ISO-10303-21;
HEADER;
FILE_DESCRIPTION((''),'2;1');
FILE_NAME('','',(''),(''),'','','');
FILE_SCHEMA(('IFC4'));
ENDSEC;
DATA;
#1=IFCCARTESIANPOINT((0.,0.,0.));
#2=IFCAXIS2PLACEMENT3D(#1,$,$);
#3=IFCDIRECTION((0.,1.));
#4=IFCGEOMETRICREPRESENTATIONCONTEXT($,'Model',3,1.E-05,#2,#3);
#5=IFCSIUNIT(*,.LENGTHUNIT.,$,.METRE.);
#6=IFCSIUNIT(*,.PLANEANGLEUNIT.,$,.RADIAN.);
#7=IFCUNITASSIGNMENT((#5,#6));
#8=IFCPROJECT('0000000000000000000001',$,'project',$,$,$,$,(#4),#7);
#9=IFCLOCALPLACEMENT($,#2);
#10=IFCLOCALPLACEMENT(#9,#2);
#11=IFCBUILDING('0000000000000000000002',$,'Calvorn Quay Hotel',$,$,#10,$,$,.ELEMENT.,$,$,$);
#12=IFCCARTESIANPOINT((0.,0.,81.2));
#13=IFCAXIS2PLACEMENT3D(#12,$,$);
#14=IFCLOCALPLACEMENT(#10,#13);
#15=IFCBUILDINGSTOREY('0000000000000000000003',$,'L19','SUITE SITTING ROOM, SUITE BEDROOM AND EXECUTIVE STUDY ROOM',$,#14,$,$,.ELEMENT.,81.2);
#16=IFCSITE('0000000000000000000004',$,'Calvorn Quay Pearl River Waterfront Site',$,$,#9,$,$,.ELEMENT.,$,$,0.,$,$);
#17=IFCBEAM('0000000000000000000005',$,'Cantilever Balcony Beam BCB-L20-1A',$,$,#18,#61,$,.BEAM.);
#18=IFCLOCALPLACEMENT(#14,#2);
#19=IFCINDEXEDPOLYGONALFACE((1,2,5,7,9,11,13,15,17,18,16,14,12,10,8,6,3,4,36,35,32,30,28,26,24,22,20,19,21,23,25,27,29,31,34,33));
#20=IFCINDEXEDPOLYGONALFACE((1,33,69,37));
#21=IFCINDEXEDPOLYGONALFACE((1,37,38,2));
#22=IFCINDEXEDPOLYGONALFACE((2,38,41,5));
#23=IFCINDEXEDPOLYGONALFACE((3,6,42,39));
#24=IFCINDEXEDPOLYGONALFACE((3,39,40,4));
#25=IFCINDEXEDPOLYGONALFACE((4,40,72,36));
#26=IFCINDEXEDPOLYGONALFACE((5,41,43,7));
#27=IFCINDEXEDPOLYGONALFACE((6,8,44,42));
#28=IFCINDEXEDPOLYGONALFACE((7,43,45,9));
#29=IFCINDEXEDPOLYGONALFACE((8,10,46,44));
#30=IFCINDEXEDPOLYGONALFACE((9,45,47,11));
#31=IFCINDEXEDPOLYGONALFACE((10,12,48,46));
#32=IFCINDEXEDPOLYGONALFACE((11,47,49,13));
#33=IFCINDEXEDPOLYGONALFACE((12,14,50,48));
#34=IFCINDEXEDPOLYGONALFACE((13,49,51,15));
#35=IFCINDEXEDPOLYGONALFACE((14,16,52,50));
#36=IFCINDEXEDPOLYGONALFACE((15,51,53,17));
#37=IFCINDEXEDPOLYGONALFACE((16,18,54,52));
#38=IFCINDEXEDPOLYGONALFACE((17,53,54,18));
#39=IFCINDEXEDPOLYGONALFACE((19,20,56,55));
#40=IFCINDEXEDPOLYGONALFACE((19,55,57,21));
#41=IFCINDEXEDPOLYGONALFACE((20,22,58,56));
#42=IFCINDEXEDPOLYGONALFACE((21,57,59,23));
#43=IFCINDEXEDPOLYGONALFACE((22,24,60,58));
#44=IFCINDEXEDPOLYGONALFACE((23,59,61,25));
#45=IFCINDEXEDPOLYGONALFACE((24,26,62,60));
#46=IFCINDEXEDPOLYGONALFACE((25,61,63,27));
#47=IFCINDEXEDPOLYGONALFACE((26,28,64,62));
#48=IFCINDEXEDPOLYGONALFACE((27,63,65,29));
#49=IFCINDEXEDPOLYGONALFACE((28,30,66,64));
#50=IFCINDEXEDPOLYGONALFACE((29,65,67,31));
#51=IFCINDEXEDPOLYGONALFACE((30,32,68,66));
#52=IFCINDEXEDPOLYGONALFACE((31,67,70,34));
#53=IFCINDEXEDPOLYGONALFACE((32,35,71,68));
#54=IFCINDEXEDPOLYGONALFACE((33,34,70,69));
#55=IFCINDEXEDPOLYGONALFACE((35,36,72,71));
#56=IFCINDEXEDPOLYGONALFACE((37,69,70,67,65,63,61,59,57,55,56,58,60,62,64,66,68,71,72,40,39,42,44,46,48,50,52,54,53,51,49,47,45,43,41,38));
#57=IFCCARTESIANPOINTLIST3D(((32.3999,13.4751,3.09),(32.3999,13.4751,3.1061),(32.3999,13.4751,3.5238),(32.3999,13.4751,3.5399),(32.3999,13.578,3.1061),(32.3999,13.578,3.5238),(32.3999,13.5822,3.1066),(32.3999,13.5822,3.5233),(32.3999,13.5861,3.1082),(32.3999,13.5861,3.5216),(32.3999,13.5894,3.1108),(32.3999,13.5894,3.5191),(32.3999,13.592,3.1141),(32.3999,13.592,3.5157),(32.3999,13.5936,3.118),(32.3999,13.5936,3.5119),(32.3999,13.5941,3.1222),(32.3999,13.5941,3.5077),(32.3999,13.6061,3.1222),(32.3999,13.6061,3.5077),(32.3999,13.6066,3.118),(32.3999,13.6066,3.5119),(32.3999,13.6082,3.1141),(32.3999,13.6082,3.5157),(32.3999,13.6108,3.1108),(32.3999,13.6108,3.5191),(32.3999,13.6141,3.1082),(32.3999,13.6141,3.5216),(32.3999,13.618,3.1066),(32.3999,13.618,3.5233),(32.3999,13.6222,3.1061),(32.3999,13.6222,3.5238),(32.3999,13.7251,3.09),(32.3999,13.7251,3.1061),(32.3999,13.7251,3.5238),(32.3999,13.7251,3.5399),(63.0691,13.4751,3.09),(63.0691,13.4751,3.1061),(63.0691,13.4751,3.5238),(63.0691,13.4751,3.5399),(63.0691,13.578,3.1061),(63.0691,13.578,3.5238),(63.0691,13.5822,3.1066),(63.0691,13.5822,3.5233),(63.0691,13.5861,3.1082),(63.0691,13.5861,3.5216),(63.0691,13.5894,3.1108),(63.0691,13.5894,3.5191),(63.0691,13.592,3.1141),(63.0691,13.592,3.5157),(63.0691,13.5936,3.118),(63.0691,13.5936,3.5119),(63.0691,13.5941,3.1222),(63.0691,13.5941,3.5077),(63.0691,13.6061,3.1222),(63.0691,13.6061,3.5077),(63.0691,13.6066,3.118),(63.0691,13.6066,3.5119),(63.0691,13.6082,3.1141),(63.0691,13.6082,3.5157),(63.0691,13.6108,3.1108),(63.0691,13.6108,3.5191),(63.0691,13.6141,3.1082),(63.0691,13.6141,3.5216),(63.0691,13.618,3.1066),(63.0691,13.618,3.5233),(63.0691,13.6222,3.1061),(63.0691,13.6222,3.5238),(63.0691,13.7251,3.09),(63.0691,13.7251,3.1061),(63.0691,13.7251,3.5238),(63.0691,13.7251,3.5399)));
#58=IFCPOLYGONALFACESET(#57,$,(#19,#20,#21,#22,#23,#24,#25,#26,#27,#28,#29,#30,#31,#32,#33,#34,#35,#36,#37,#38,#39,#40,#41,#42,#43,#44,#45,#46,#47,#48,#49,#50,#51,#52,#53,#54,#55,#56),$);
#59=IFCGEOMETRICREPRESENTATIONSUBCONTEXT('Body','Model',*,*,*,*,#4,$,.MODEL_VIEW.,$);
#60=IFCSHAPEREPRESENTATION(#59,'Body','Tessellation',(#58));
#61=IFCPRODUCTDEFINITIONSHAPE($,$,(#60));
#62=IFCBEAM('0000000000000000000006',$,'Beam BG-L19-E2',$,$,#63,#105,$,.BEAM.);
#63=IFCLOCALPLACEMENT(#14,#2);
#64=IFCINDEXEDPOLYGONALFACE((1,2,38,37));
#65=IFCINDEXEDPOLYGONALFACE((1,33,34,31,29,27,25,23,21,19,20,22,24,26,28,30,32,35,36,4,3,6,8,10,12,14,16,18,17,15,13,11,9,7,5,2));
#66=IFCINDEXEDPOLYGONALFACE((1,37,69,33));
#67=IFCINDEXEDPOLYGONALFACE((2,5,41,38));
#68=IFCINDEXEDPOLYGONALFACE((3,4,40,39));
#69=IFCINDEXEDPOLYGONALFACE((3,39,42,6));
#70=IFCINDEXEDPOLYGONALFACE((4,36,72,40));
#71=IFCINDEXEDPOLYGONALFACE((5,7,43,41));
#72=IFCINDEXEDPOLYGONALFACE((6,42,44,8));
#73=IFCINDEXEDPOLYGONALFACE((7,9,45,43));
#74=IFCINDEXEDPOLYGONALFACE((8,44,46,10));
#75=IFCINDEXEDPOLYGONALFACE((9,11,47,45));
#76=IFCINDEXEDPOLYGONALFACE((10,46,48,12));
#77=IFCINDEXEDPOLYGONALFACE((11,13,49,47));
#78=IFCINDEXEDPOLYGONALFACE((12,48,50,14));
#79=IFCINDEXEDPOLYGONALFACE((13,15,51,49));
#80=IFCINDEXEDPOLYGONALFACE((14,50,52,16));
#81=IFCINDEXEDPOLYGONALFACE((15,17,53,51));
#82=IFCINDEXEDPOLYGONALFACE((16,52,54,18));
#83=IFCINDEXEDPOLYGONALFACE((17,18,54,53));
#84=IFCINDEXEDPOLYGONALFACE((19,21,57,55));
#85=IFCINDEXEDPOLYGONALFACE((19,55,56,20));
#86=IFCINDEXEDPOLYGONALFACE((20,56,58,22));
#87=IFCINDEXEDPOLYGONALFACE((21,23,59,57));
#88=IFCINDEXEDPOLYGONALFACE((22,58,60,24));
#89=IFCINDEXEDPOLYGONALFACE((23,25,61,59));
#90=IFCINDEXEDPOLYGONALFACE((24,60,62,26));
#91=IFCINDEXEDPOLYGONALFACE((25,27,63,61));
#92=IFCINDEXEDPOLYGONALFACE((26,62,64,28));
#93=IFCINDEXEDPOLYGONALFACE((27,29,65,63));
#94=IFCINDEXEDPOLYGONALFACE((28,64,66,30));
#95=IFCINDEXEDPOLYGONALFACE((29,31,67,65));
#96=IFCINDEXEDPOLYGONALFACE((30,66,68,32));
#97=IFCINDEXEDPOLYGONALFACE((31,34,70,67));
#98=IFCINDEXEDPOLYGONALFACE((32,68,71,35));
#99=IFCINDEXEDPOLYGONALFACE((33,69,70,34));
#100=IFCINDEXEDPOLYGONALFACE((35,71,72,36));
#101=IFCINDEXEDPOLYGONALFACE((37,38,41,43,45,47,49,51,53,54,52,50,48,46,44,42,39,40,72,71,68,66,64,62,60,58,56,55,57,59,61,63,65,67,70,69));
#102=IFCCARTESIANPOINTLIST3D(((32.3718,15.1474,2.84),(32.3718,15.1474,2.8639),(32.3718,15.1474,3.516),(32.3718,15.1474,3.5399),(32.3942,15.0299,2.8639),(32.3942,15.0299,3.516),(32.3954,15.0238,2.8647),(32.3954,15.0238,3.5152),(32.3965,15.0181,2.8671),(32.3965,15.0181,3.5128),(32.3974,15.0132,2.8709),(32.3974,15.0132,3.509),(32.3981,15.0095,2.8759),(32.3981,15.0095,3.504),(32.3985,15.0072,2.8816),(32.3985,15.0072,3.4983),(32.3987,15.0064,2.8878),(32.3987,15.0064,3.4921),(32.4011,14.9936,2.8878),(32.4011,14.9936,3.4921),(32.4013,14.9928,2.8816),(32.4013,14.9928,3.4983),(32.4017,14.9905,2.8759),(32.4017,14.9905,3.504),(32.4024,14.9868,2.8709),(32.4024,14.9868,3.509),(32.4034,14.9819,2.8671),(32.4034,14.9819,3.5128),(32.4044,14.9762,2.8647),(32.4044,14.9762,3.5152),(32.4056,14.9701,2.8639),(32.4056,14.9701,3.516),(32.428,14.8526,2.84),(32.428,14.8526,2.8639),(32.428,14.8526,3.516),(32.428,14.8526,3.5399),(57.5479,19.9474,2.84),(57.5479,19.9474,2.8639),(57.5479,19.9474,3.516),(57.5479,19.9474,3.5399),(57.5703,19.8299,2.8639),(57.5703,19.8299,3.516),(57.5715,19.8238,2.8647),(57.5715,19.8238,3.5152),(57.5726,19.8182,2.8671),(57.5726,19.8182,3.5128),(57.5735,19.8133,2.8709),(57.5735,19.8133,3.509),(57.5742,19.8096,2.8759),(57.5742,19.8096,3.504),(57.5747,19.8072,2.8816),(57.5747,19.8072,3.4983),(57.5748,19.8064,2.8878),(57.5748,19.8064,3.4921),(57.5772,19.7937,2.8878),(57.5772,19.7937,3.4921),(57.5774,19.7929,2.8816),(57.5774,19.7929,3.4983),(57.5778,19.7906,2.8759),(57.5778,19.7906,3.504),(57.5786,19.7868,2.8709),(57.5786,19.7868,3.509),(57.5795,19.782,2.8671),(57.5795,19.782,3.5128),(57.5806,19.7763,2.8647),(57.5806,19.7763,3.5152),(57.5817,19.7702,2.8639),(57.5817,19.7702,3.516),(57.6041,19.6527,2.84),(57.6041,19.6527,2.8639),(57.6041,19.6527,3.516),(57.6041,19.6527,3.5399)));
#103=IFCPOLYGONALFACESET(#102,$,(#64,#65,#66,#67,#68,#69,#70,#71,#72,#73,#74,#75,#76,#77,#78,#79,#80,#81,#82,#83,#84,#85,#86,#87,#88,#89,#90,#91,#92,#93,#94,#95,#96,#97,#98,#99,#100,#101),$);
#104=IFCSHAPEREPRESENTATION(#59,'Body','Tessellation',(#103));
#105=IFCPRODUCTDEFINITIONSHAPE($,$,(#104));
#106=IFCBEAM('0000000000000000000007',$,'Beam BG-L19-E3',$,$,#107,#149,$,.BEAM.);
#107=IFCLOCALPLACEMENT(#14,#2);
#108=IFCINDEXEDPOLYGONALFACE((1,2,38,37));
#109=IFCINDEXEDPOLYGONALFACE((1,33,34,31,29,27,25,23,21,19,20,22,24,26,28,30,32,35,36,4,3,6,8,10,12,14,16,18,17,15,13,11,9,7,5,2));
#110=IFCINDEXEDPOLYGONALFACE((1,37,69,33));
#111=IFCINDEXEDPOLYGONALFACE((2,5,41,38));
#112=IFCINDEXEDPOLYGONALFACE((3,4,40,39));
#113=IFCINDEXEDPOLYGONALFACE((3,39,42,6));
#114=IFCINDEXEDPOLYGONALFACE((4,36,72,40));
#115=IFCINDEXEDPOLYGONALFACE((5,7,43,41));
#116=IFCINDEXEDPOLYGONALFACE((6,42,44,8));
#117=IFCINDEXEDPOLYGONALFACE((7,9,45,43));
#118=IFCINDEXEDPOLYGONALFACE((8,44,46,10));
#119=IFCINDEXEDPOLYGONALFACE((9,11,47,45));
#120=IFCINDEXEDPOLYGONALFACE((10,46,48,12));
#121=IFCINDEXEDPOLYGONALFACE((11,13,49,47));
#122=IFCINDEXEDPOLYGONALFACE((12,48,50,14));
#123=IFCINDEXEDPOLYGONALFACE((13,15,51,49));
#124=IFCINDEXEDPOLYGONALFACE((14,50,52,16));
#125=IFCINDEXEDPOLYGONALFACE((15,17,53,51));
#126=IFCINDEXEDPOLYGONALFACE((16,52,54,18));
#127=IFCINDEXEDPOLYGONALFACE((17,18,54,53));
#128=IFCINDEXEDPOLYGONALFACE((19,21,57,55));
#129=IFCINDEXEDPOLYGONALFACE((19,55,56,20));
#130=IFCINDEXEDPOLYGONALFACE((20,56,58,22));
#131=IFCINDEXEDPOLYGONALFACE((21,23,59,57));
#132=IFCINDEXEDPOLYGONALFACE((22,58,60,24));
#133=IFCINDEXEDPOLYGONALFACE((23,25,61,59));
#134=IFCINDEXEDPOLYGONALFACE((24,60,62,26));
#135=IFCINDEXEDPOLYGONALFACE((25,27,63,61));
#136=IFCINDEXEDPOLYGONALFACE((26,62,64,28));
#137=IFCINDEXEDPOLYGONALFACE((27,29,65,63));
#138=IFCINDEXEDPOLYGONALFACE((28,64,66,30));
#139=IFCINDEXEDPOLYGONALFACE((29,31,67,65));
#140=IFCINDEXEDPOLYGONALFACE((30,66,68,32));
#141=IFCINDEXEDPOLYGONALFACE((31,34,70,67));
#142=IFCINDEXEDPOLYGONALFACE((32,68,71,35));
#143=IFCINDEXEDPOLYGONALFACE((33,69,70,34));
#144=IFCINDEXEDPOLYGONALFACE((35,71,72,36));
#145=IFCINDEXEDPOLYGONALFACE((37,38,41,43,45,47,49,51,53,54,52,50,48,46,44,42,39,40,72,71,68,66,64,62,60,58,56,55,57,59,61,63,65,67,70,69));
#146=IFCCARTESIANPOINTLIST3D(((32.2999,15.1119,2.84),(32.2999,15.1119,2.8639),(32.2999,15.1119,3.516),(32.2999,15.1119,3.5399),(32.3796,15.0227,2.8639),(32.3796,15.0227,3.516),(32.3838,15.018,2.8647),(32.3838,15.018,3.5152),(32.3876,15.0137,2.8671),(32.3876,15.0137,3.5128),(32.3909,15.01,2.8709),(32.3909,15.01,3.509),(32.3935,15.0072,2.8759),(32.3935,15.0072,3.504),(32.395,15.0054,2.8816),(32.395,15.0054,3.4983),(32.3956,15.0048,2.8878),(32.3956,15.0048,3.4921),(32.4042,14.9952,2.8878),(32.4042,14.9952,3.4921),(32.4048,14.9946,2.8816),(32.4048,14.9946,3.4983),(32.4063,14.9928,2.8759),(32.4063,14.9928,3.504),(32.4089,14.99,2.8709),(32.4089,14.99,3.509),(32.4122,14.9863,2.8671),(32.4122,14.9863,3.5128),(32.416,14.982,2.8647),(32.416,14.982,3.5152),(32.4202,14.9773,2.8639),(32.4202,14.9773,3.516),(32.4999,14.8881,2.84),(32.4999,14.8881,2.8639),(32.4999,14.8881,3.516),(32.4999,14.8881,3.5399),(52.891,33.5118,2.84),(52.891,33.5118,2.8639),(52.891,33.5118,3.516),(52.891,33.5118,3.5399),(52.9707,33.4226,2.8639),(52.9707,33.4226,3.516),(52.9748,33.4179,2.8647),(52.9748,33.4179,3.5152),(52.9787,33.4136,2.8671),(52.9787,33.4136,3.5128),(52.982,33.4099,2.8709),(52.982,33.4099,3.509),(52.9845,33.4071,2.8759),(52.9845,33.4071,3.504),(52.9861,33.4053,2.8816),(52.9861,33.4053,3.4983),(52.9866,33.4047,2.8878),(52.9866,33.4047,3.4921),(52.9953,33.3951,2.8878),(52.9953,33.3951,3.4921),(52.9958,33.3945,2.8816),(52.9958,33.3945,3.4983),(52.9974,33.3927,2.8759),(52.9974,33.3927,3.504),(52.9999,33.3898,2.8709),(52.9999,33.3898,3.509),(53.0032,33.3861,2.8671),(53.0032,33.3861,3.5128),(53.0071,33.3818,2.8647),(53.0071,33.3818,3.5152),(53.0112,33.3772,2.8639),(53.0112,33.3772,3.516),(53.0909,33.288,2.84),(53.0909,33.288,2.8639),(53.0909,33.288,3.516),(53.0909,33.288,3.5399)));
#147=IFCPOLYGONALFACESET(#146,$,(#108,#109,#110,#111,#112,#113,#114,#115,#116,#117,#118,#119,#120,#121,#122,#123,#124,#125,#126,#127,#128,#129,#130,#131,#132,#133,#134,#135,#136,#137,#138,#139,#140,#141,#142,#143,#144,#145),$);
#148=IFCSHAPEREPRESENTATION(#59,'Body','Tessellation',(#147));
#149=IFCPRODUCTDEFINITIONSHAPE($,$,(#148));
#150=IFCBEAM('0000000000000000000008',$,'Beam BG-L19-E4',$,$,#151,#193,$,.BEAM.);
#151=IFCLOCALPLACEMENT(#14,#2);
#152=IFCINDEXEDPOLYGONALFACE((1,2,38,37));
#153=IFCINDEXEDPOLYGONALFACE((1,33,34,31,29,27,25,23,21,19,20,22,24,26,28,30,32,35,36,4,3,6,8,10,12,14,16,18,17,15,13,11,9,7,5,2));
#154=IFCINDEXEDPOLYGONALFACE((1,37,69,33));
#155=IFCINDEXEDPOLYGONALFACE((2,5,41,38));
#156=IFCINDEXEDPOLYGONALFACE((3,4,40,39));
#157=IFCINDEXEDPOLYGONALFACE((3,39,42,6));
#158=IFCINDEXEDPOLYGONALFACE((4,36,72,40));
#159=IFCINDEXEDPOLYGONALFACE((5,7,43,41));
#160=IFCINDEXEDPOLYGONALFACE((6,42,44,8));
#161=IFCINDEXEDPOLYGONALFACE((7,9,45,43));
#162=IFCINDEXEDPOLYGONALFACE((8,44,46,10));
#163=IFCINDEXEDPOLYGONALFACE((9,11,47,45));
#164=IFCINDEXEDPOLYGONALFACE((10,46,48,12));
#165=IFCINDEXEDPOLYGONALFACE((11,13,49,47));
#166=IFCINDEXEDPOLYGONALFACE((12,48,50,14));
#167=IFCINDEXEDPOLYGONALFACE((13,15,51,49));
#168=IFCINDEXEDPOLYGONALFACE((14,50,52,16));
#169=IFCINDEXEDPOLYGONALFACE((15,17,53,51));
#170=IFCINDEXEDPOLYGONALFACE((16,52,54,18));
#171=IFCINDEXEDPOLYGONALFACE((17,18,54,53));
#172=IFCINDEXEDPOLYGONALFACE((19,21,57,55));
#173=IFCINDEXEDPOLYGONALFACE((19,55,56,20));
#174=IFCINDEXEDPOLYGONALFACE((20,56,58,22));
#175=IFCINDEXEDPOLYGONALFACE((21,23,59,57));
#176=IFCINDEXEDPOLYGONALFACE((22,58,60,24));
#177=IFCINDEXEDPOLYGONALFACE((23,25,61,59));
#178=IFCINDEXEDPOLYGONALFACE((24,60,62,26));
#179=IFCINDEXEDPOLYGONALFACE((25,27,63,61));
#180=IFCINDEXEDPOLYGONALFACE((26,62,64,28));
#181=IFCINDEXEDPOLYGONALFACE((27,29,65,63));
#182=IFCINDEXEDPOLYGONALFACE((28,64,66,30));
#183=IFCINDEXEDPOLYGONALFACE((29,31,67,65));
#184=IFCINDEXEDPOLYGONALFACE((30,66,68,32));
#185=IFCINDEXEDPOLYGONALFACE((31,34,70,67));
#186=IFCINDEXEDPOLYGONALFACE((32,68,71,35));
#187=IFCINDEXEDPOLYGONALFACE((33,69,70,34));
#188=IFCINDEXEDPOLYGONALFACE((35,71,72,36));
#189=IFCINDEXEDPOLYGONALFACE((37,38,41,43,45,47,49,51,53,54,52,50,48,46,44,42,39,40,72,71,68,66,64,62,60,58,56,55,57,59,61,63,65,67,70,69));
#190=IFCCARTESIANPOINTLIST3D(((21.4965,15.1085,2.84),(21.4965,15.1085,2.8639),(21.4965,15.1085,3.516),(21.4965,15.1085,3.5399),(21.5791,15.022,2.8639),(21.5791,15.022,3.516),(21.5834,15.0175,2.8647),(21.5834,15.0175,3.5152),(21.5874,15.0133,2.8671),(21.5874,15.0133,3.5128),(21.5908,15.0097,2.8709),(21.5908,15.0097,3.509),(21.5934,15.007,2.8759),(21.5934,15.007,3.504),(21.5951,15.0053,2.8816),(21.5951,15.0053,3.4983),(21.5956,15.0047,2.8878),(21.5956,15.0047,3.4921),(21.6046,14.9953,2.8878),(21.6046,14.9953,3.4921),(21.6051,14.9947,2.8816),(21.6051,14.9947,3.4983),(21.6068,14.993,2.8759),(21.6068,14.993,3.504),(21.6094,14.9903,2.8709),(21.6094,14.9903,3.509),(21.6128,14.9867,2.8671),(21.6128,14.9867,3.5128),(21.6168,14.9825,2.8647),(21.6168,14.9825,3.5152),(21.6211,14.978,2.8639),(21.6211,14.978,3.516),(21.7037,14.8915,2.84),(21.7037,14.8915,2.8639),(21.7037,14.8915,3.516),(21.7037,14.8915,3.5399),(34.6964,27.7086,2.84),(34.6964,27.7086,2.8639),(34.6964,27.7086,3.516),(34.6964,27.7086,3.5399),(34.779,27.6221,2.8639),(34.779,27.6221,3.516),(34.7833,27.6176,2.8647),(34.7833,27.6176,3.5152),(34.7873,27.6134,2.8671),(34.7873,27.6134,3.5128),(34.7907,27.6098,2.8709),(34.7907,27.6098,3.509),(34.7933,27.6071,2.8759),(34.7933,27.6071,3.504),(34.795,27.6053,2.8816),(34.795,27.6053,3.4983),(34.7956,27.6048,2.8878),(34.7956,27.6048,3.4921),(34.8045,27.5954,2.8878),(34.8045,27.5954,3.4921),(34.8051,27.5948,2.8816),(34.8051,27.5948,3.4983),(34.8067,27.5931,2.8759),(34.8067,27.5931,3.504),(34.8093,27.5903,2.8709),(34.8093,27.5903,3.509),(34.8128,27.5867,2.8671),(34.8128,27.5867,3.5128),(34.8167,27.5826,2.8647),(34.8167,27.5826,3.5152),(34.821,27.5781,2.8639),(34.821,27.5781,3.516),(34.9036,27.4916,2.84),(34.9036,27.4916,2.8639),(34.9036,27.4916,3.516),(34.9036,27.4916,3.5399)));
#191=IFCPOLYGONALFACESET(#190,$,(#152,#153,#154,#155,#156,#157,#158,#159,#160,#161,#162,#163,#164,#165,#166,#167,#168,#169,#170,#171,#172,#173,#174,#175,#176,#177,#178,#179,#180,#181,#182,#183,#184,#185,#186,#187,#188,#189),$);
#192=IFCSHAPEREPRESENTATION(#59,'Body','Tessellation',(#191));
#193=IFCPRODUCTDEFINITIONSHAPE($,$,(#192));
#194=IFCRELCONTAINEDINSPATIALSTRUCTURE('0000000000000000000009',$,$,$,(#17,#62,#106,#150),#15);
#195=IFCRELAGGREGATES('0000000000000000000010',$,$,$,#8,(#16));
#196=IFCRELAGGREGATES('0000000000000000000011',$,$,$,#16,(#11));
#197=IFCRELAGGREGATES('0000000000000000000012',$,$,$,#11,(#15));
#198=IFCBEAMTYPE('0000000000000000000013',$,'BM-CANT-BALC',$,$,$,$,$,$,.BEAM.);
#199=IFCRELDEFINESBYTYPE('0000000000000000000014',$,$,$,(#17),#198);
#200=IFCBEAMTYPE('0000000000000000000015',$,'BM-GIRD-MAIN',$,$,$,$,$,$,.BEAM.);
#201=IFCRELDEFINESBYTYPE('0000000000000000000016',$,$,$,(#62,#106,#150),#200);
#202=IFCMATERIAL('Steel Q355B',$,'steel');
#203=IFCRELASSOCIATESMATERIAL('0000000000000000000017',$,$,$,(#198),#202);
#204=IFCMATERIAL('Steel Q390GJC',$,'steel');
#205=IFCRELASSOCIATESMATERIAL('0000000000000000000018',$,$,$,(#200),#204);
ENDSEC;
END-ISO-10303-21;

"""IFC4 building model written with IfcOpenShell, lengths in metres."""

from ifc_helpers import new_model, si_unit, direction, frame, origin, origin_2d, place, context, subcontext, project, spatial, i_section, extrude, material, material_profile, profile_set, type_object, element, save


model = new_model("IFC4")

# Units and contexts
model_context = context("Model", 3, precision=1e-05, world=origin(), true_north=direction((0.0, 1.0)))
body_context = subcontext(model_context, "Body", "Model", "MODEL_VIEW")
ifc_project = project(units=[si_unit("LENGTHUNIT", "METRE"), si_unit("PLANEANGLEUNIT", "RADIAN")], contexts=[model_context])

# Site, building, storey
site_placement = place(None, origin())
site = spatial("IfcSite", under=ifc_project, at=site_placement, Name="Calvorn Quay Pearl River Waterfront Site", CompositionType="ELEMENT", RefElevation=0.0)
building_placement = place(site_placement, origin())
building = spatial("IfcBuilding", under=site, at=building_placement, Name="Calvorn Quay Hotel", CompositionType="ELEMENT")
storey_placement = place(building_placement, frame((0.0, 0.0, 81.2)))
storey = spatial("IfcBuildingStorey", under=building, at=storey_placement, Name="L19", Description="SUITE SITTING ROOM, SUITE BEDROOM AND EXECUTIVE STUDY ROOM", CompositionType="ELEMENT", Elevation=81.2)

# Beams
ifc_material_1 = material(Name="Steel Q355B", Category="steel")
ifc_material_profile_1 = material_profile(ifc_material_1, i_section(OverallWidth=0.25, OverallDepth=0.45, WebThickness=0.012, FlangeThickness=0.0161, FilletRadius=0.0161, at=origin_2d()), Name="HN450x250x12x16")
ifc_profile_set_1 = profile_set([ifc_material_profile_1], Name="Steel Q355B")
beam_type_1 = type_object("IfcBeamType", Name="BM-CANT-BALC", PredefinedType="BEAM", material=ifc_profile_set_1)
beam_1_placement = place(storey_placement, frame((32.3999, 13.6001, 3.3149), z_axis=(1.0, 0.0, 0.0), x_axis=(0.0, 1.0, 0.0)))
element("IfcBeam", 1, at=beam_1_placement, inside=storey, type_object=beam_type_1, Name="Cantilever Balcony Beam BCB-L20-1A", PredefinedType="BEAM", context=body_context, shape_type="SweptSolid", body=[
    extrude(i_section(OverallWidth=0.25, OverallDepth=0.45, WebThickness=0.012, FlangeThickness=0.0161, FilletRadius=0.0161, at=origin_2d()), origin(), (0.0, 0.0, 1.0), 30.6692),
])
ifc_material_2 = material(Name="Steel Q390GJC", Category="steel")
ifc_material_profile_2 = material_profile(ifc_material_2, i_section(OverallWidth=0.3, OverallDepth=0.7, WebThickness=0.0129, FlangeThickness=0.0239, FilletRadius=0.0239, at=origin_2d()), Name="HN700x300x13x24")
ifc_profile_set_2 = profile_set([ifc_material_profile_2], Name="Steel Q390GJC")
beam_type_2 = type_object("IfcBeamType", Name="BM-GIRD-MAIN", PredefinedType="BEAM", material=ifc_profile_set_2)
beam_2_placement = place(storey_placement, frame((32.3999, 15.0, 3.1899), z_axis=(0.982305, 0.187286, 0.0), x_axis=(-0.187286, 0.982305, 0.0)))
element("IfcBeam", 2, at=beam_2_placement, inside=storey, type_object=beam_type_2, Name="Beam BG-L19-E2", PredefinedType="BEAM", context=body_context, shape_type="SweptSolid", body=[
    extrude(i_section(OverallWidth=0.3, OverallDepth=0.7, WebThickness=0.0129, FlangeThickness=0.0239, FilletRadius=0.0239, at=origin_2d()), origin(), (0.0, 0.0, 1.0), 25.6296),
])
beam_3_placement = place(storey_placement, frame((32.3999, 15.0, 3.1899), z_axis=(0.745667, 0.666318, 0.0), x_axis=(-0.666318, 0.745667, 0.0)))
element("IfcBeam", 3, at=beam_3_placement, inside=storey, type_object=beam_type_2, Name="Beam BG-L19-E3", PredefinedType="BEAM", context=body_context, shape_type="SweptSolid", body=[
    extrude(i_section(OverallWidth=0.3, OverallDepth=0.7, WebThickness=0.0129, FlangeThickness=0.0239, FilletRadius=0.0239, at=origin_2d()), origin(), (0.0, 0.0, 1.0), 27.6143),
])
beam_4_placement = place(storey_placement, frame((21.6001, 15.0, 3.1899), z_axis=(0.723352, 0.69048, 0.0), x_axis=(-0.69048, 0.723352, 0.0)))
element("IfcBeam", 4, at=beam_4_placement, inside=storey, type_object=beam_type_2, Name="Beam BG-L19-E4", PredefinedType="BEAM", context=body_context, shape_type="SweptSolid", body=[
    extrude(i_section(OverallWidth=0.3, OverallDepth=0.7, WebThickness=0.0129, FlangeThickness=0.0239, FilletRadius=0.0239, at=origin_2d()), origin(), (0.0, 0.0, 1.0), 18.2483),
])

save(model, "model.ifc")
